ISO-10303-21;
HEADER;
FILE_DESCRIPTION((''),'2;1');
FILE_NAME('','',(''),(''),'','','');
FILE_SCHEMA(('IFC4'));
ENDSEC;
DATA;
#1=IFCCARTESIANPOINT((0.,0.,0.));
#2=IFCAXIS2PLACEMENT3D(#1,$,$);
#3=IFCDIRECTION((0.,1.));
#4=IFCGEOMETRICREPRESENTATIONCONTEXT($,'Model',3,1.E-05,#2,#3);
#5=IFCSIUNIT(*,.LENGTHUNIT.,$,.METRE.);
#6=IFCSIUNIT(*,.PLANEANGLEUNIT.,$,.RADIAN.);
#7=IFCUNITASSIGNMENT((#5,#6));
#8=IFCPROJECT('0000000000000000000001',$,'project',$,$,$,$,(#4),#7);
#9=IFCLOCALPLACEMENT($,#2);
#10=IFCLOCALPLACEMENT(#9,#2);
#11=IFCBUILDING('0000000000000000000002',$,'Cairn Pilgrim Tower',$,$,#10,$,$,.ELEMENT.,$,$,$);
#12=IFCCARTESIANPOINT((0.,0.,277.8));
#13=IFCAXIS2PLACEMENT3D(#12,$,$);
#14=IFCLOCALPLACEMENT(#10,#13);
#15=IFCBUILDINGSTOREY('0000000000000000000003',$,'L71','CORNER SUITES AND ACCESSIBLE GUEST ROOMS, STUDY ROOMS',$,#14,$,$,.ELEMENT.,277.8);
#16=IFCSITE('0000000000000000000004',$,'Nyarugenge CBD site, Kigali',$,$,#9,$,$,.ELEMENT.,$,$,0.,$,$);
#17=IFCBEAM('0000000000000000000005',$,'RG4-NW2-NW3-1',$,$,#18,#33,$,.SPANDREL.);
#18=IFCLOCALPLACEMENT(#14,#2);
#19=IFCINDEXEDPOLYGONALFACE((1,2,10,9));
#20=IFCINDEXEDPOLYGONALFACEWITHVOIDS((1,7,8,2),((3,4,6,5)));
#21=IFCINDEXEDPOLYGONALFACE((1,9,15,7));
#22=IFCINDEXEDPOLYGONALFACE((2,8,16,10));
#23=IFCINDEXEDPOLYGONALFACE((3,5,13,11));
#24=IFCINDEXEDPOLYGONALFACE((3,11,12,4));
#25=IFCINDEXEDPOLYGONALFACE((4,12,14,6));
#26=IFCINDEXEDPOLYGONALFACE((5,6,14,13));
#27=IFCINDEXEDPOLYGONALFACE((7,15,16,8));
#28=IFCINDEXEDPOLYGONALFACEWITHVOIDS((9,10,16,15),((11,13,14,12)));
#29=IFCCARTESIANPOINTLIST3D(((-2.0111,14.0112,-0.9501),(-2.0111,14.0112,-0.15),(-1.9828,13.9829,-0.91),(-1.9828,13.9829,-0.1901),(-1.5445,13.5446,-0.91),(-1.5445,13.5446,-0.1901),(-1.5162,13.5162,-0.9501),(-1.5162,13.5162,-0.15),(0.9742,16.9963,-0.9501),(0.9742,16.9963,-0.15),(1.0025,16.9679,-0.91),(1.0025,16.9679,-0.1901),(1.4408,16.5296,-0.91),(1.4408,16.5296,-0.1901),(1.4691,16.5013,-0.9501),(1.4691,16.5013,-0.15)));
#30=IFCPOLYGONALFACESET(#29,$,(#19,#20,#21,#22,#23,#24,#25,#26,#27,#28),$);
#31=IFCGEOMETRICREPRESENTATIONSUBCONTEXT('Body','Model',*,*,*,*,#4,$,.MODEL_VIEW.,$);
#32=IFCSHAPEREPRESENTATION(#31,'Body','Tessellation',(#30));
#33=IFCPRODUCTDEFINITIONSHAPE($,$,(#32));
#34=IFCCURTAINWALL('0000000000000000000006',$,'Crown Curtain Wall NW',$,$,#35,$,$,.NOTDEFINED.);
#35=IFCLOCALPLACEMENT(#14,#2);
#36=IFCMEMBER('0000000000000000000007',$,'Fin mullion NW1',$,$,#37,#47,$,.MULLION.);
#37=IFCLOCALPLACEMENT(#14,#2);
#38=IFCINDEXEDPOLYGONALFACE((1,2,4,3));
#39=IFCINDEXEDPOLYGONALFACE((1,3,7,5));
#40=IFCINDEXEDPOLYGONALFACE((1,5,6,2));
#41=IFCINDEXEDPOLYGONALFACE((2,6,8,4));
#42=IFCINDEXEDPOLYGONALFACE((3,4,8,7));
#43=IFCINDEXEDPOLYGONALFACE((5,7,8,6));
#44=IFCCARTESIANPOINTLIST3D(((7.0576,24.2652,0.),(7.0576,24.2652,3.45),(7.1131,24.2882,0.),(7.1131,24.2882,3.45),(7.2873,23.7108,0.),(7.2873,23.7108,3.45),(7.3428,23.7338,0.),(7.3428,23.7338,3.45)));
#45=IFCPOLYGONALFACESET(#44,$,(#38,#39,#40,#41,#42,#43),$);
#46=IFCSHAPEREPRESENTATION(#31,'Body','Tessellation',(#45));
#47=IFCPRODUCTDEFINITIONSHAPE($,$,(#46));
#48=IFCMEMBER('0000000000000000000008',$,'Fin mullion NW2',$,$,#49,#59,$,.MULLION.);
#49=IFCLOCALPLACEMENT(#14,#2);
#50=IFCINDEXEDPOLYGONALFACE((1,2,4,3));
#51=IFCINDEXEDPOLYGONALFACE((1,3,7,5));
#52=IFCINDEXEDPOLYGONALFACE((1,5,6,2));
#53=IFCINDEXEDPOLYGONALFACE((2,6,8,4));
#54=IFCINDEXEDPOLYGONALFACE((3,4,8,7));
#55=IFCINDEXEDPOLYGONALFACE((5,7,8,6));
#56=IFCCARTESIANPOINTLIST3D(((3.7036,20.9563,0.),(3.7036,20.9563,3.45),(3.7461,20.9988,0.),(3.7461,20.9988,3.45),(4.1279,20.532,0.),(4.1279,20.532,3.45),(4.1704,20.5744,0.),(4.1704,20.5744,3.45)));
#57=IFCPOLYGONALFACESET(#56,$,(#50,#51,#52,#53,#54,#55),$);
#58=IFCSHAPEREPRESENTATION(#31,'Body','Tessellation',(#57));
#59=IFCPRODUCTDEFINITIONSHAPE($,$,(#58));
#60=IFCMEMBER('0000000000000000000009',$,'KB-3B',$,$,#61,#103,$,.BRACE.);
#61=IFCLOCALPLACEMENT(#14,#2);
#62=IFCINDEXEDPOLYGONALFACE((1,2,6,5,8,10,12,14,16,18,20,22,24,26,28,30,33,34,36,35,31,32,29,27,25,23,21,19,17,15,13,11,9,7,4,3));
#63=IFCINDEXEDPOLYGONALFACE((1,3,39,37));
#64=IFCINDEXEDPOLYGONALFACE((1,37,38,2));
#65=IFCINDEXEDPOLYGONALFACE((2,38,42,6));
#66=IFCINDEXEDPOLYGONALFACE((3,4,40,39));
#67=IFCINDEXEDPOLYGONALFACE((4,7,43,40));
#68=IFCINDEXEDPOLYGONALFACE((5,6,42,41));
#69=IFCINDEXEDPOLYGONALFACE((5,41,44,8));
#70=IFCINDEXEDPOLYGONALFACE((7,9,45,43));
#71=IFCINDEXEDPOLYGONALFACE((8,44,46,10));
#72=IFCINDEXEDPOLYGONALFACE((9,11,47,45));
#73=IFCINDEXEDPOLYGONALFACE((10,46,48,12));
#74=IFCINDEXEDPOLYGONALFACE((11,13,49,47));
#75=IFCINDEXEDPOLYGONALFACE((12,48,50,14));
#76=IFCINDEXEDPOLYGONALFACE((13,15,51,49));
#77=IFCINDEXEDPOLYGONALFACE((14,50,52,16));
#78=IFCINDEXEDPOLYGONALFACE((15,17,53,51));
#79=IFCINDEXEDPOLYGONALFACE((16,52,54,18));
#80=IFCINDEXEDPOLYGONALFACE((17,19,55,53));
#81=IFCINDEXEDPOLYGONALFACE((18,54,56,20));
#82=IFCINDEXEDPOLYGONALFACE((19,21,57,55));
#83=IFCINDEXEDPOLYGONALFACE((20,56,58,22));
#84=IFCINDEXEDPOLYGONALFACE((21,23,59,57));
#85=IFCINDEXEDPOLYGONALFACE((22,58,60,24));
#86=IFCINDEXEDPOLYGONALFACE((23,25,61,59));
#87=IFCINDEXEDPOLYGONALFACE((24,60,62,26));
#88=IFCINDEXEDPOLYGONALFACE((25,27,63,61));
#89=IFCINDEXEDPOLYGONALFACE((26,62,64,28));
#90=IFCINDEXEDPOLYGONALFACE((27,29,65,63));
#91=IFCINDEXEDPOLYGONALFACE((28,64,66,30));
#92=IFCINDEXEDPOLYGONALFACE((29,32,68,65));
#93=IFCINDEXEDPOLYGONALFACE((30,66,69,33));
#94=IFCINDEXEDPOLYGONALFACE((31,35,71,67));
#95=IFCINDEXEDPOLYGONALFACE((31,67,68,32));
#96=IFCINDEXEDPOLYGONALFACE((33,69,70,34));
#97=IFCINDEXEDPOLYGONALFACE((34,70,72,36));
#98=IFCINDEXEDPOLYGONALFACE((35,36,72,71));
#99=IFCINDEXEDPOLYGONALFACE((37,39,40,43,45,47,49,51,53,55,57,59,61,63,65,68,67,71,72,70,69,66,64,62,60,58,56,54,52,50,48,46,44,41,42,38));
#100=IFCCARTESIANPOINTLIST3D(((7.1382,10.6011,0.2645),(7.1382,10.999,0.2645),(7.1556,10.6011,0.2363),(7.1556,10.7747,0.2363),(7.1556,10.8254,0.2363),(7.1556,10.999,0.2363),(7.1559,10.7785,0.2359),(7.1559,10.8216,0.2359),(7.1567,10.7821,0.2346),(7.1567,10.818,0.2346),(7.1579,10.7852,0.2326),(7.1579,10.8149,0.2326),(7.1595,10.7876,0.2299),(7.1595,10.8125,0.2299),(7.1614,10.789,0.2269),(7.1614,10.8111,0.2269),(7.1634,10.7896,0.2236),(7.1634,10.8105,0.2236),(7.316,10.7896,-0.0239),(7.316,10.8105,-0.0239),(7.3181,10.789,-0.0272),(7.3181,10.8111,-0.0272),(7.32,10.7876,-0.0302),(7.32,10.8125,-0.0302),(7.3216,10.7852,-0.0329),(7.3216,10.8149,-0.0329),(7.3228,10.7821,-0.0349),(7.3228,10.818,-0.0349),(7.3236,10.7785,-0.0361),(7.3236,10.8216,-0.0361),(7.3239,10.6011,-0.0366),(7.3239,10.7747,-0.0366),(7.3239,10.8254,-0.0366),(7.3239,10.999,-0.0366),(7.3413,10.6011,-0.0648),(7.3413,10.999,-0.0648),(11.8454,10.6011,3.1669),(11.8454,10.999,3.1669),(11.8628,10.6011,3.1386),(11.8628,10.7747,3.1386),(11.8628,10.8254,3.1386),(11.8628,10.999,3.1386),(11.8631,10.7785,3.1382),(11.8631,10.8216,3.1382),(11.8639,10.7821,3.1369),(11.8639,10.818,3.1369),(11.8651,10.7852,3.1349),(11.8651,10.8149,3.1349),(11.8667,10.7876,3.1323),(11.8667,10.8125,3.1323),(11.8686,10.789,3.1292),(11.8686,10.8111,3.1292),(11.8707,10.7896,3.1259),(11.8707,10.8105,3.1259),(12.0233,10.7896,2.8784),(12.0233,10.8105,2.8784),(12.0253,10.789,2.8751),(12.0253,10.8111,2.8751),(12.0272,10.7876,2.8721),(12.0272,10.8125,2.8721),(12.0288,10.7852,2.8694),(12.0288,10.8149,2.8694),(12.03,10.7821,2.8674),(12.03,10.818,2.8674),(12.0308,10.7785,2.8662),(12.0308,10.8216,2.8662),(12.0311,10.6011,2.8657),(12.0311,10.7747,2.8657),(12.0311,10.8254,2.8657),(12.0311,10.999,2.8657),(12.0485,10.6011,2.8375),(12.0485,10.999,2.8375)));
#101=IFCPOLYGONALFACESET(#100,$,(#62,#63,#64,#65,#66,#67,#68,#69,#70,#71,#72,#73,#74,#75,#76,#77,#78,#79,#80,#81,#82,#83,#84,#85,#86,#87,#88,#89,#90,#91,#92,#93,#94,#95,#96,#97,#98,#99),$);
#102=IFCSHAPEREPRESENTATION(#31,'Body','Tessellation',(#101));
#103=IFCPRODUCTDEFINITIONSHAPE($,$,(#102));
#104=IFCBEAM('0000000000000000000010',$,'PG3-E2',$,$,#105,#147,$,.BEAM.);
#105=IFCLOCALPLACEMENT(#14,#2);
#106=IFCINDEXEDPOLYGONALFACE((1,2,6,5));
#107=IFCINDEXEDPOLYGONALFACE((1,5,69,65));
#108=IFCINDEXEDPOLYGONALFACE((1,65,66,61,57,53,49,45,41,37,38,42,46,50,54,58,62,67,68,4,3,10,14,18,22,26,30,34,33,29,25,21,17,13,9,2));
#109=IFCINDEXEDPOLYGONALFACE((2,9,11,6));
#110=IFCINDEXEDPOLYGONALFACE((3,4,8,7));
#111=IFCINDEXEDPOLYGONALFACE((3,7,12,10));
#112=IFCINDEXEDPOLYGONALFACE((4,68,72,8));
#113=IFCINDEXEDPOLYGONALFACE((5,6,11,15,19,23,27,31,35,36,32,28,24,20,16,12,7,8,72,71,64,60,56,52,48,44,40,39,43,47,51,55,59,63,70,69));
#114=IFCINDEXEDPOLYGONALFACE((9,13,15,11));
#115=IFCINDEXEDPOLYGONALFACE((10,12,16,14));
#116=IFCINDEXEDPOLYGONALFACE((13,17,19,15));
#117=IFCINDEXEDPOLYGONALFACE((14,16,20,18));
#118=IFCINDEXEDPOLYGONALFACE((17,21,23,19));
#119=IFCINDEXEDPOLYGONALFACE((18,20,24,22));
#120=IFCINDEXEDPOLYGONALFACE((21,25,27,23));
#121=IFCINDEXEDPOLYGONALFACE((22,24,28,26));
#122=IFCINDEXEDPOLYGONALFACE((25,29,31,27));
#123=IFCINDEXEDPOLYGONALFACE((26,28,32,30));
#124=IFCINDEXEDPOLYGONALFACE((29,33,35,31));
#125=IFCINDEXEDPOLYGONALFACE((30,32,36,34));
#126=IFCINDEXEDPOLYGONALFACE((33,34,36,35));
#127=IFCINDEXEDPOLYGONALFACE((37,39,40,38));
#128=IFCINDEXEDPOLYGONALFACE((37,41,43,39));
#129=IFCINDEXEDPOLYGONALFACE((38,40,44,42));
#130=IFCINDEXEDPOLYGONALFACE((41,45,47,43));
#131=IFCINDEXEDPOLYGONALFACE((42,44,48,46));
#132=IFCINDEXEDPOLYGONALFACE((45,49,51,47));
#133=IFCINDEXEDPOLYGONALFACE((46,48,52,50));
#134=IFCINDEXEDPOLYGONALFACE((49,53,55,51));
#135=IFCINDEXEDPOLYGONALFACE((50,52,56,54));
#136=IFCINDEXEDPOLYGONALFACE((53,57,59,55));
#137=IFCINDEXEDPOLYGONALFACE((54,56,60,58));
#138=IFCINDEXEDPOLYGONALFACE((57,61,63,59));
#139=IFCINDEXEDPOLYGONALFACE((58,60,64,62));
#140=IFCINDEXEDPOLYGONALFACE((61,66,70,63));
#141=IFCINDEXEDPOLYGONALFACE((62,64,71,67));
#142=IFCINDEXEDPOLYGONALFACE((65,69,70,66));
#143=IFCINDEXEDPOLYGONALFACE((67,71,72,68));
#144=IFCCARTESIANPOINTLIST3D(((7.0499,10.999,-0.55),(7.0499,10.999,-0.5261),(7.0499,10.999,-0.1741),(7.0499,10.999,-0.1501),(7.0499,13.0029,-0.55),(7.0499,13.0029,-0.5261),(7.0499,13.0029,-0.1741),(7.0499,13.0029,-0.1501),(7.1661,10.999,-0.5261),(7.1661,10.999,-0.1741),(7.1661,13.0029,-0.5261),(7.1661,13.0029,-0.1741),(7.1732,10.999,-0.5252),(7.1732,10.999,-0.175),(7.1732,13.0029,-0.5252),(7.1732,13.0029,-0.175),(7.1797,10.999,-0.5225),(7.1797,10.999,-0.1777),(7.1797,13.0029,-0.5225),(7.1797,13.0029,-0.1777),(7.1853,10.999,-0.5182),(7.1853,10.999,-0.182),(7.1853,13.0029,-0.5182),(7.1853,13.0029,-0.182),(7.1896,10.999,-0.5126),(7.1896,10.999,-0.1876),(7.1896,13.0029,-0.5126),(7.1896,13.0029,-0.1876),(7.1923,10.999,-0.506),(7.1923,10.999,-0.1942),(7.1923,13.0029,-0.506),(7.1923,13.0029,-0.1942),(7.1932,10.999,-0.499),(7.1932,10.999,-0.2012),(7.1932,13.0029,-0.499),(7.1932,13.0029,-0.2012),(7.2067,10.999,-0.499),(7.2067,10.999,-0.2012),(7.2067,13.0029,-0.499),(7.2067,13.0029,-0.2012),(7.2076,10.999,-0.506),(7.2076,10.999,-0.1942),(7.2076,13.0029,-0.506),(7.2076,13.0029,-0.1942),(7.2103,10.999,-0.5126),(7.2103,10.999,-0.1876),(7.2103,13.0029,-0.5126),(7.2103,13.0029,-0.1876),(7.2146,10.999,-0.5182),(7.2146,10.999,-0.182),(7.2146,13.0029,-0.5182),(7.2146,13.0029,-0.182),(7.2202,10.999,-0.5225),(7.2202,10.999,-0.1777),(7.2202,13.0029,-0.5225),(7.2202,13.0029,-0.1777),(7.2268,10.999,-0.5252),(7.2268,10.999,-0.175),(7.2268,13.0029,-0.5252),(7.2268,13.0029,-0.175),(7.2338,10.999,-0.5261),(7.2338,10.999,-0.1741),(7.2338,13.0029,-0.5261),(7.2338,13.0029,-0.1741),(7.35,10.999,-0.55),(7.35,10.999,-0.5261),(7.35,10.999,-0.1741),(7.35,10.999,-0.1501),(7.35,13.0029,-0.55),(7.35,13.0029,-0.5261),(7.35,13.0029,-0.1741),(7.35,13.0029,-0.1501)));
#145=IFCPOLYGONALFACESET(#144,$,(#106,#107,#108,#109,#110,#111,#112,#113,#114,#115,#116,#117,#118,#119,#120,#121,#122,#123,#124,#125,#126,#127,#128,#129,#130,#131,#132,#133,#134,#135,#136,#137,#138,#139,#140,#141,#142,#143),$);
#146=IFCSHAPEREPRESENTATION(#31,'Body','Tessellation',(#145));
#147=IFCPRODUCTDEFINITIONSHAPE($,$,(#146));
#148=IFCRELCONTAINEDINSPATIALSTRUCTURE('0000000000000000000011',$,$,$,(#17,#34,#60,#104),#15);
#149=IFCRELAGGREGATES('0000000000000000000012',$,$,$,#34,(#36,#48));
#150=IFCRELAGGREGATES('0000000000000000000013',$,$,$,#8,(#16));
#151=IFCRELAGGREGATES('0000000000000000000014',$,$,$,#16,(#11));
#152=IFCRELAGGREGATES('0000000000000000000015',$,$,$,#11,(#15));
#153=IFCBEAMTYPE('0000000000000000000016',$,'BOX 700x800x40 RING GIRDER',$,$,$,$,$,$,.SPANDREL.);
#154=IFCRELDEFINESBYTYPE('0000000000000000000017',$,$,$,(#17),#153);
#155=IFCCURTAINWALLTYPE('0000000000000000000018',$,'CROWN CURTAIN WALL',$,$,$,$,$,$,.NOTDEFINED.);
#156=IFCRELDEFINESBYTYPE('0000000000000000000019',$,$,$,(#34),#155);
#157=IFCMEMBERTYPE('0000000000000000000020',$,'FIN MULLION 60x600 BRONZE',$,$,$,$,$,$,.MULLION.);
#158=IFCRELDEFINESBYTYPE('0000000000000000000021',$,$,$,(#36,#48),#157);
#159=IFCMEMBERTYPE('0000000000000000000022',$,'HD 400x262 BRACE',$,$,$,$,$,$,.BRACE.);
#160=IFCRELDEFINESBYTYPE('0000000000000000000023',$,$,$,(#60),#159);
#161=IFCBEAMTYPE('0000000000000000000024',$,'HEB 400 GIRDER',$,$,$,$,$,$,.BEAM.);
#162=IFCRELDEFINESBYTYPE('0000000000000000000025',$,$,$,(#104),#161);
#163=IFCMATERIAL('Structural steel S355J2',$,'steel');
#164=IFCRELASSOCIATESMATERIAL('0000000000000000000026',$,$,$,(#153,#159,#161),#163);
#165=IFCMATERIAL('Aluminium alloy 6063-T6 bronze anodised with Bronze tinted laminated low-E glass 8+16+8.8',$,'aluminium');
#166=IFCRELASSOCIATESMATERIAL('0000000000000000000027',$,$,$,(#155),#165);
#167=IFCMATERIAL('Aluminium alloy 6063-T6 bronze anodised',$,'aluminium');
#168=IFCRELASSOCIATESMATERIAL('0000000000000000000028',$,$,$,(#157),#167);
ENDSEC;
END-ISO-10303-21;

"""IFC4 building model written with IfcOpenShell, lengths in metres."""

from ifc_helpers import new_model, si_unit, direction, frame, origin, origin_2d, place, context, subcontext, project, spatial, rectangle, hollow_rectangle, i_section, extrude, material, material_profile, profile_set, type_object, element, aggregate, save


model = new_model("IFC4")

# Units and contexts
model_context = context("Model", 3, precision=1e-05, world=origin(), true_north=direction((0.0, 1.0)))
body_context = subcontext(model_context, "Body", "Model", "MODEL_VIEW")
ifc_project = project(units=[si_unit("LENGTHUNIT", "METRE"), si_unit("PLANEANGLEUNIT", "RADIAN")], contexts=[model_context])

# Site, building, storey
site_placement = place(None, origin())
site = spatial("IfcSite", under=ifc_project, at=site_placement, Name="Nyarugenge CBD site, Kigali", CompositionType="ELEMENT", RefElevation=0.0)
building_placement = place(site_placement, origin())
building = spatial("IfcBuilding", under=site, at=building_placement, Name="Cairn Pilgrim Tower", CompositionType="ELEMENT")
storey_placement = place(building_placement, frame((0.0, 0.0, 277.8)))
storey = spatial("IfcBuildingStorey", under=building, at=storey_placement, Name="L71", Description="CORNER SUITES AND ACCESSIBLE GUEST ROOMS, STUDY ROOMS", CompositionType="ELEMENT", Elevation=277.8)

# Shared definitions
ifc_material_1 = material(Name="Structural steel S355J2", Category="steel")

# Beam
ifc_material_profile_1 = material_profile(ifc_material_1, hollow_rectangle(XDim=0.7, YDim=0.8, WallThickness=0.04, at=origin_2d()), Name="BOX 700x800x40")
ifc_profile_set_1 = profile_set([ifc_material_profile_1], Name="Structural steel S355J2")
beam_type_1 = type_object("IfcBeamType", Name="BOX 700x800x40 RING GIRDER", PredefinedType="SPANDREL", material=ifc_profile_set_1)
beam_1_placement = place(storey_placement, frame((1.2217, 16.7488, -0.55), z_axis=(-0.707136, -0.707078, 0.0), x_axis=(0.707078, -0.707136, 0.0)))
element("IfcBeam", 1, at=beam_1_placement, inside=storey, type_object=beam_type_1, Name="RG4-NW2-NW3-1", PredefinedType="SPANDREL", context=body_context, shape_type="SweptSolid", body=[
    extrude(hollow_rectangle(XDim=0.7, YDim=0.8, WallThickness=0.04, at=origin_2d()), origin(), (0.0, 0.0, 1.0), 4.2217),
])

# Curtain wall, members
ifc_material_2 = material(Name="Aluminium alloy 6063-T6 bronze anodised with Bronze tinted laminated low-E glass 8+16+8.8", Category="aluminium")
curtain_wall_type = type_object("IfcCurtainWallType", Name="CROWN CURTAIN WALL", PredefinedType="NOTDEFINED", material=ifc_material_2)
curtain_wall_placement = place(storey_placement, origin())
curtain_wall = element("IfcCurtainWall", 2, at=curtain_wall_placement, inside=storey, type_object=curtain_wall_type, Name="Crown Curtain Wall NW", PredefinedType="NOTDEFINED")
ifc_material_3 = material(Name="Aluminium alloy 6063-T6 bronze anodised", Category="aluminium")
ifc_material_profile_2 = material_profile(ifc_material_3, rectangle(XDim=0.6001, YDim=0.0601, at=origin_2d()), Name="FIN MULLION 60x600 BRONZE")
ifc_profile_set_2 = profile_set([ifc_material_profile_2], Name="Aluminium alloy 6063-T6 bronze anodised")
member_type_1 = type_object("IfcMemberType", Name="FIN MULLION 60x600 BRONZE", PredefinedType="MULLION", material=ifc_profile_set_2)
member_1_placement = place(storey_placement, frame((7.2002, 23.9995, 0.0), z_axis=(0.0, 0.0, 1.0), x_axis=(-0.382683, 0.92388, 0.0)))
member_1 = element("IfcMember", 3, at=member_1_placement, type_object=member_type_1, Name="Fin mullion NW1", PredefinedType="MULLION", context=body_context, shape_type="SweptSolid", body=[
    extrude(rectangle(XDim=0.6001, YDim=0.0601, at=origin_2d()), origin(), (0.0, 0.0, 1.0), 3.45),
])
member_2_placement = place(storey_placement, frame((3.937, 20.7654, 0.0), z_axis=(0.0, 0.0, 1.0), x_axis=(-0.707107, 0.707107, 0.0)))
member_2 = element("IfcMember", 4, at=member_2_placement, type_object=member_type_1, Name="Fin mullion NW2", PredefinedType="MULLION", context=body_context, shape_type="SweptSolid", body=[
    extrude(rectangle(XDim=0.6001, YDim=0.0601, at=origin_2d()), origin(), (0.0, 0.0, 1.0), 3.45),
])

# Member
ifc_material_profile_3 = material_profile(ifc_material_1, i_section(OverallWidth=0.3979, OverallDepth=0.387, WebThickness=0.021, FlangeThickness=0.0332, FilletRadius=0.0149, at=origin_2d()), Name="HD 400x262")
ifc_profile_set_3 = profile_set([ifc_material_profile_3], Name="Structural steel S355J2")
member_type_2 = type_object("IfcMemberType", Name="HD 400x262 BRACE", PredefinedType="BRACE", material=ifc_profile_set_3)
member_3_placement = place(storey_placement, frame((7.2397, 10.8, 0.0999), z_axis=(0.851209, 0.0, 0.524826), x_axis=(0.0, 1.0, 0.0)))
element("IfcMember", 5, at=member_3_placement, inside=storey, type_object=member_type_2, Name="KB-3B", PredefinedType="BRACE", context=body_context, shape_type="SweptSolid", body=[
    extrude(i_section(OverallWidth=0.3979, OverallDepth=0.387, WebThickness=0.021, FlangeThickness=0.0332, FilletRadius=0.0149, at=origin_2d()), origin(), (0.0, 0.0, 1.0), 5.53),
])

# Beam
ifc_material_profile_4 = material_profile(ifc_material_1, i_section(OverallWidth=0.3, OverallDepth=0.3999, WebThickness=0.0134, FlangeThickness=0.0239, FilletRadius=0.0271, at=origin_2d()), Name="HEB 400")
ifc_profile_set_4 = profile_set([ifc_material_profile_4], Name="Structural steel S355J2")
beam_type_2 = type_object("IfcBeamType", Name="HEB 400 GIRDER", PredefinedType="BEAM", material=ifc_profile_set_4)
beam_2_placement = place(storey_placement, frame((7.2, 10.999, -0.3501), z_axis=(0.0, 1.0, 0.0), x_axis=(-1.0, 0.0, 0.0)))
element("IfcBeam", 6, at=beam_2_placement, inside=storey, type_object=beam_type_2, Name="PG3-E2", PredefinedType="BEAM", context=body_context, shape_type="SweptSolid", body=[
    extrude(i_section(OverallWidth=0.3, OverallDepth=0.3999, WebThickness=0.0134, FlangeThickness=0.0239, FilletRadius=0.0271, at=origin_2d()), origin(), (0.0, 0.0, 1.0), 2.0039),
])

aggregate(curtain_wall, [member_1, member_2])

save(model, "model.ifc")
